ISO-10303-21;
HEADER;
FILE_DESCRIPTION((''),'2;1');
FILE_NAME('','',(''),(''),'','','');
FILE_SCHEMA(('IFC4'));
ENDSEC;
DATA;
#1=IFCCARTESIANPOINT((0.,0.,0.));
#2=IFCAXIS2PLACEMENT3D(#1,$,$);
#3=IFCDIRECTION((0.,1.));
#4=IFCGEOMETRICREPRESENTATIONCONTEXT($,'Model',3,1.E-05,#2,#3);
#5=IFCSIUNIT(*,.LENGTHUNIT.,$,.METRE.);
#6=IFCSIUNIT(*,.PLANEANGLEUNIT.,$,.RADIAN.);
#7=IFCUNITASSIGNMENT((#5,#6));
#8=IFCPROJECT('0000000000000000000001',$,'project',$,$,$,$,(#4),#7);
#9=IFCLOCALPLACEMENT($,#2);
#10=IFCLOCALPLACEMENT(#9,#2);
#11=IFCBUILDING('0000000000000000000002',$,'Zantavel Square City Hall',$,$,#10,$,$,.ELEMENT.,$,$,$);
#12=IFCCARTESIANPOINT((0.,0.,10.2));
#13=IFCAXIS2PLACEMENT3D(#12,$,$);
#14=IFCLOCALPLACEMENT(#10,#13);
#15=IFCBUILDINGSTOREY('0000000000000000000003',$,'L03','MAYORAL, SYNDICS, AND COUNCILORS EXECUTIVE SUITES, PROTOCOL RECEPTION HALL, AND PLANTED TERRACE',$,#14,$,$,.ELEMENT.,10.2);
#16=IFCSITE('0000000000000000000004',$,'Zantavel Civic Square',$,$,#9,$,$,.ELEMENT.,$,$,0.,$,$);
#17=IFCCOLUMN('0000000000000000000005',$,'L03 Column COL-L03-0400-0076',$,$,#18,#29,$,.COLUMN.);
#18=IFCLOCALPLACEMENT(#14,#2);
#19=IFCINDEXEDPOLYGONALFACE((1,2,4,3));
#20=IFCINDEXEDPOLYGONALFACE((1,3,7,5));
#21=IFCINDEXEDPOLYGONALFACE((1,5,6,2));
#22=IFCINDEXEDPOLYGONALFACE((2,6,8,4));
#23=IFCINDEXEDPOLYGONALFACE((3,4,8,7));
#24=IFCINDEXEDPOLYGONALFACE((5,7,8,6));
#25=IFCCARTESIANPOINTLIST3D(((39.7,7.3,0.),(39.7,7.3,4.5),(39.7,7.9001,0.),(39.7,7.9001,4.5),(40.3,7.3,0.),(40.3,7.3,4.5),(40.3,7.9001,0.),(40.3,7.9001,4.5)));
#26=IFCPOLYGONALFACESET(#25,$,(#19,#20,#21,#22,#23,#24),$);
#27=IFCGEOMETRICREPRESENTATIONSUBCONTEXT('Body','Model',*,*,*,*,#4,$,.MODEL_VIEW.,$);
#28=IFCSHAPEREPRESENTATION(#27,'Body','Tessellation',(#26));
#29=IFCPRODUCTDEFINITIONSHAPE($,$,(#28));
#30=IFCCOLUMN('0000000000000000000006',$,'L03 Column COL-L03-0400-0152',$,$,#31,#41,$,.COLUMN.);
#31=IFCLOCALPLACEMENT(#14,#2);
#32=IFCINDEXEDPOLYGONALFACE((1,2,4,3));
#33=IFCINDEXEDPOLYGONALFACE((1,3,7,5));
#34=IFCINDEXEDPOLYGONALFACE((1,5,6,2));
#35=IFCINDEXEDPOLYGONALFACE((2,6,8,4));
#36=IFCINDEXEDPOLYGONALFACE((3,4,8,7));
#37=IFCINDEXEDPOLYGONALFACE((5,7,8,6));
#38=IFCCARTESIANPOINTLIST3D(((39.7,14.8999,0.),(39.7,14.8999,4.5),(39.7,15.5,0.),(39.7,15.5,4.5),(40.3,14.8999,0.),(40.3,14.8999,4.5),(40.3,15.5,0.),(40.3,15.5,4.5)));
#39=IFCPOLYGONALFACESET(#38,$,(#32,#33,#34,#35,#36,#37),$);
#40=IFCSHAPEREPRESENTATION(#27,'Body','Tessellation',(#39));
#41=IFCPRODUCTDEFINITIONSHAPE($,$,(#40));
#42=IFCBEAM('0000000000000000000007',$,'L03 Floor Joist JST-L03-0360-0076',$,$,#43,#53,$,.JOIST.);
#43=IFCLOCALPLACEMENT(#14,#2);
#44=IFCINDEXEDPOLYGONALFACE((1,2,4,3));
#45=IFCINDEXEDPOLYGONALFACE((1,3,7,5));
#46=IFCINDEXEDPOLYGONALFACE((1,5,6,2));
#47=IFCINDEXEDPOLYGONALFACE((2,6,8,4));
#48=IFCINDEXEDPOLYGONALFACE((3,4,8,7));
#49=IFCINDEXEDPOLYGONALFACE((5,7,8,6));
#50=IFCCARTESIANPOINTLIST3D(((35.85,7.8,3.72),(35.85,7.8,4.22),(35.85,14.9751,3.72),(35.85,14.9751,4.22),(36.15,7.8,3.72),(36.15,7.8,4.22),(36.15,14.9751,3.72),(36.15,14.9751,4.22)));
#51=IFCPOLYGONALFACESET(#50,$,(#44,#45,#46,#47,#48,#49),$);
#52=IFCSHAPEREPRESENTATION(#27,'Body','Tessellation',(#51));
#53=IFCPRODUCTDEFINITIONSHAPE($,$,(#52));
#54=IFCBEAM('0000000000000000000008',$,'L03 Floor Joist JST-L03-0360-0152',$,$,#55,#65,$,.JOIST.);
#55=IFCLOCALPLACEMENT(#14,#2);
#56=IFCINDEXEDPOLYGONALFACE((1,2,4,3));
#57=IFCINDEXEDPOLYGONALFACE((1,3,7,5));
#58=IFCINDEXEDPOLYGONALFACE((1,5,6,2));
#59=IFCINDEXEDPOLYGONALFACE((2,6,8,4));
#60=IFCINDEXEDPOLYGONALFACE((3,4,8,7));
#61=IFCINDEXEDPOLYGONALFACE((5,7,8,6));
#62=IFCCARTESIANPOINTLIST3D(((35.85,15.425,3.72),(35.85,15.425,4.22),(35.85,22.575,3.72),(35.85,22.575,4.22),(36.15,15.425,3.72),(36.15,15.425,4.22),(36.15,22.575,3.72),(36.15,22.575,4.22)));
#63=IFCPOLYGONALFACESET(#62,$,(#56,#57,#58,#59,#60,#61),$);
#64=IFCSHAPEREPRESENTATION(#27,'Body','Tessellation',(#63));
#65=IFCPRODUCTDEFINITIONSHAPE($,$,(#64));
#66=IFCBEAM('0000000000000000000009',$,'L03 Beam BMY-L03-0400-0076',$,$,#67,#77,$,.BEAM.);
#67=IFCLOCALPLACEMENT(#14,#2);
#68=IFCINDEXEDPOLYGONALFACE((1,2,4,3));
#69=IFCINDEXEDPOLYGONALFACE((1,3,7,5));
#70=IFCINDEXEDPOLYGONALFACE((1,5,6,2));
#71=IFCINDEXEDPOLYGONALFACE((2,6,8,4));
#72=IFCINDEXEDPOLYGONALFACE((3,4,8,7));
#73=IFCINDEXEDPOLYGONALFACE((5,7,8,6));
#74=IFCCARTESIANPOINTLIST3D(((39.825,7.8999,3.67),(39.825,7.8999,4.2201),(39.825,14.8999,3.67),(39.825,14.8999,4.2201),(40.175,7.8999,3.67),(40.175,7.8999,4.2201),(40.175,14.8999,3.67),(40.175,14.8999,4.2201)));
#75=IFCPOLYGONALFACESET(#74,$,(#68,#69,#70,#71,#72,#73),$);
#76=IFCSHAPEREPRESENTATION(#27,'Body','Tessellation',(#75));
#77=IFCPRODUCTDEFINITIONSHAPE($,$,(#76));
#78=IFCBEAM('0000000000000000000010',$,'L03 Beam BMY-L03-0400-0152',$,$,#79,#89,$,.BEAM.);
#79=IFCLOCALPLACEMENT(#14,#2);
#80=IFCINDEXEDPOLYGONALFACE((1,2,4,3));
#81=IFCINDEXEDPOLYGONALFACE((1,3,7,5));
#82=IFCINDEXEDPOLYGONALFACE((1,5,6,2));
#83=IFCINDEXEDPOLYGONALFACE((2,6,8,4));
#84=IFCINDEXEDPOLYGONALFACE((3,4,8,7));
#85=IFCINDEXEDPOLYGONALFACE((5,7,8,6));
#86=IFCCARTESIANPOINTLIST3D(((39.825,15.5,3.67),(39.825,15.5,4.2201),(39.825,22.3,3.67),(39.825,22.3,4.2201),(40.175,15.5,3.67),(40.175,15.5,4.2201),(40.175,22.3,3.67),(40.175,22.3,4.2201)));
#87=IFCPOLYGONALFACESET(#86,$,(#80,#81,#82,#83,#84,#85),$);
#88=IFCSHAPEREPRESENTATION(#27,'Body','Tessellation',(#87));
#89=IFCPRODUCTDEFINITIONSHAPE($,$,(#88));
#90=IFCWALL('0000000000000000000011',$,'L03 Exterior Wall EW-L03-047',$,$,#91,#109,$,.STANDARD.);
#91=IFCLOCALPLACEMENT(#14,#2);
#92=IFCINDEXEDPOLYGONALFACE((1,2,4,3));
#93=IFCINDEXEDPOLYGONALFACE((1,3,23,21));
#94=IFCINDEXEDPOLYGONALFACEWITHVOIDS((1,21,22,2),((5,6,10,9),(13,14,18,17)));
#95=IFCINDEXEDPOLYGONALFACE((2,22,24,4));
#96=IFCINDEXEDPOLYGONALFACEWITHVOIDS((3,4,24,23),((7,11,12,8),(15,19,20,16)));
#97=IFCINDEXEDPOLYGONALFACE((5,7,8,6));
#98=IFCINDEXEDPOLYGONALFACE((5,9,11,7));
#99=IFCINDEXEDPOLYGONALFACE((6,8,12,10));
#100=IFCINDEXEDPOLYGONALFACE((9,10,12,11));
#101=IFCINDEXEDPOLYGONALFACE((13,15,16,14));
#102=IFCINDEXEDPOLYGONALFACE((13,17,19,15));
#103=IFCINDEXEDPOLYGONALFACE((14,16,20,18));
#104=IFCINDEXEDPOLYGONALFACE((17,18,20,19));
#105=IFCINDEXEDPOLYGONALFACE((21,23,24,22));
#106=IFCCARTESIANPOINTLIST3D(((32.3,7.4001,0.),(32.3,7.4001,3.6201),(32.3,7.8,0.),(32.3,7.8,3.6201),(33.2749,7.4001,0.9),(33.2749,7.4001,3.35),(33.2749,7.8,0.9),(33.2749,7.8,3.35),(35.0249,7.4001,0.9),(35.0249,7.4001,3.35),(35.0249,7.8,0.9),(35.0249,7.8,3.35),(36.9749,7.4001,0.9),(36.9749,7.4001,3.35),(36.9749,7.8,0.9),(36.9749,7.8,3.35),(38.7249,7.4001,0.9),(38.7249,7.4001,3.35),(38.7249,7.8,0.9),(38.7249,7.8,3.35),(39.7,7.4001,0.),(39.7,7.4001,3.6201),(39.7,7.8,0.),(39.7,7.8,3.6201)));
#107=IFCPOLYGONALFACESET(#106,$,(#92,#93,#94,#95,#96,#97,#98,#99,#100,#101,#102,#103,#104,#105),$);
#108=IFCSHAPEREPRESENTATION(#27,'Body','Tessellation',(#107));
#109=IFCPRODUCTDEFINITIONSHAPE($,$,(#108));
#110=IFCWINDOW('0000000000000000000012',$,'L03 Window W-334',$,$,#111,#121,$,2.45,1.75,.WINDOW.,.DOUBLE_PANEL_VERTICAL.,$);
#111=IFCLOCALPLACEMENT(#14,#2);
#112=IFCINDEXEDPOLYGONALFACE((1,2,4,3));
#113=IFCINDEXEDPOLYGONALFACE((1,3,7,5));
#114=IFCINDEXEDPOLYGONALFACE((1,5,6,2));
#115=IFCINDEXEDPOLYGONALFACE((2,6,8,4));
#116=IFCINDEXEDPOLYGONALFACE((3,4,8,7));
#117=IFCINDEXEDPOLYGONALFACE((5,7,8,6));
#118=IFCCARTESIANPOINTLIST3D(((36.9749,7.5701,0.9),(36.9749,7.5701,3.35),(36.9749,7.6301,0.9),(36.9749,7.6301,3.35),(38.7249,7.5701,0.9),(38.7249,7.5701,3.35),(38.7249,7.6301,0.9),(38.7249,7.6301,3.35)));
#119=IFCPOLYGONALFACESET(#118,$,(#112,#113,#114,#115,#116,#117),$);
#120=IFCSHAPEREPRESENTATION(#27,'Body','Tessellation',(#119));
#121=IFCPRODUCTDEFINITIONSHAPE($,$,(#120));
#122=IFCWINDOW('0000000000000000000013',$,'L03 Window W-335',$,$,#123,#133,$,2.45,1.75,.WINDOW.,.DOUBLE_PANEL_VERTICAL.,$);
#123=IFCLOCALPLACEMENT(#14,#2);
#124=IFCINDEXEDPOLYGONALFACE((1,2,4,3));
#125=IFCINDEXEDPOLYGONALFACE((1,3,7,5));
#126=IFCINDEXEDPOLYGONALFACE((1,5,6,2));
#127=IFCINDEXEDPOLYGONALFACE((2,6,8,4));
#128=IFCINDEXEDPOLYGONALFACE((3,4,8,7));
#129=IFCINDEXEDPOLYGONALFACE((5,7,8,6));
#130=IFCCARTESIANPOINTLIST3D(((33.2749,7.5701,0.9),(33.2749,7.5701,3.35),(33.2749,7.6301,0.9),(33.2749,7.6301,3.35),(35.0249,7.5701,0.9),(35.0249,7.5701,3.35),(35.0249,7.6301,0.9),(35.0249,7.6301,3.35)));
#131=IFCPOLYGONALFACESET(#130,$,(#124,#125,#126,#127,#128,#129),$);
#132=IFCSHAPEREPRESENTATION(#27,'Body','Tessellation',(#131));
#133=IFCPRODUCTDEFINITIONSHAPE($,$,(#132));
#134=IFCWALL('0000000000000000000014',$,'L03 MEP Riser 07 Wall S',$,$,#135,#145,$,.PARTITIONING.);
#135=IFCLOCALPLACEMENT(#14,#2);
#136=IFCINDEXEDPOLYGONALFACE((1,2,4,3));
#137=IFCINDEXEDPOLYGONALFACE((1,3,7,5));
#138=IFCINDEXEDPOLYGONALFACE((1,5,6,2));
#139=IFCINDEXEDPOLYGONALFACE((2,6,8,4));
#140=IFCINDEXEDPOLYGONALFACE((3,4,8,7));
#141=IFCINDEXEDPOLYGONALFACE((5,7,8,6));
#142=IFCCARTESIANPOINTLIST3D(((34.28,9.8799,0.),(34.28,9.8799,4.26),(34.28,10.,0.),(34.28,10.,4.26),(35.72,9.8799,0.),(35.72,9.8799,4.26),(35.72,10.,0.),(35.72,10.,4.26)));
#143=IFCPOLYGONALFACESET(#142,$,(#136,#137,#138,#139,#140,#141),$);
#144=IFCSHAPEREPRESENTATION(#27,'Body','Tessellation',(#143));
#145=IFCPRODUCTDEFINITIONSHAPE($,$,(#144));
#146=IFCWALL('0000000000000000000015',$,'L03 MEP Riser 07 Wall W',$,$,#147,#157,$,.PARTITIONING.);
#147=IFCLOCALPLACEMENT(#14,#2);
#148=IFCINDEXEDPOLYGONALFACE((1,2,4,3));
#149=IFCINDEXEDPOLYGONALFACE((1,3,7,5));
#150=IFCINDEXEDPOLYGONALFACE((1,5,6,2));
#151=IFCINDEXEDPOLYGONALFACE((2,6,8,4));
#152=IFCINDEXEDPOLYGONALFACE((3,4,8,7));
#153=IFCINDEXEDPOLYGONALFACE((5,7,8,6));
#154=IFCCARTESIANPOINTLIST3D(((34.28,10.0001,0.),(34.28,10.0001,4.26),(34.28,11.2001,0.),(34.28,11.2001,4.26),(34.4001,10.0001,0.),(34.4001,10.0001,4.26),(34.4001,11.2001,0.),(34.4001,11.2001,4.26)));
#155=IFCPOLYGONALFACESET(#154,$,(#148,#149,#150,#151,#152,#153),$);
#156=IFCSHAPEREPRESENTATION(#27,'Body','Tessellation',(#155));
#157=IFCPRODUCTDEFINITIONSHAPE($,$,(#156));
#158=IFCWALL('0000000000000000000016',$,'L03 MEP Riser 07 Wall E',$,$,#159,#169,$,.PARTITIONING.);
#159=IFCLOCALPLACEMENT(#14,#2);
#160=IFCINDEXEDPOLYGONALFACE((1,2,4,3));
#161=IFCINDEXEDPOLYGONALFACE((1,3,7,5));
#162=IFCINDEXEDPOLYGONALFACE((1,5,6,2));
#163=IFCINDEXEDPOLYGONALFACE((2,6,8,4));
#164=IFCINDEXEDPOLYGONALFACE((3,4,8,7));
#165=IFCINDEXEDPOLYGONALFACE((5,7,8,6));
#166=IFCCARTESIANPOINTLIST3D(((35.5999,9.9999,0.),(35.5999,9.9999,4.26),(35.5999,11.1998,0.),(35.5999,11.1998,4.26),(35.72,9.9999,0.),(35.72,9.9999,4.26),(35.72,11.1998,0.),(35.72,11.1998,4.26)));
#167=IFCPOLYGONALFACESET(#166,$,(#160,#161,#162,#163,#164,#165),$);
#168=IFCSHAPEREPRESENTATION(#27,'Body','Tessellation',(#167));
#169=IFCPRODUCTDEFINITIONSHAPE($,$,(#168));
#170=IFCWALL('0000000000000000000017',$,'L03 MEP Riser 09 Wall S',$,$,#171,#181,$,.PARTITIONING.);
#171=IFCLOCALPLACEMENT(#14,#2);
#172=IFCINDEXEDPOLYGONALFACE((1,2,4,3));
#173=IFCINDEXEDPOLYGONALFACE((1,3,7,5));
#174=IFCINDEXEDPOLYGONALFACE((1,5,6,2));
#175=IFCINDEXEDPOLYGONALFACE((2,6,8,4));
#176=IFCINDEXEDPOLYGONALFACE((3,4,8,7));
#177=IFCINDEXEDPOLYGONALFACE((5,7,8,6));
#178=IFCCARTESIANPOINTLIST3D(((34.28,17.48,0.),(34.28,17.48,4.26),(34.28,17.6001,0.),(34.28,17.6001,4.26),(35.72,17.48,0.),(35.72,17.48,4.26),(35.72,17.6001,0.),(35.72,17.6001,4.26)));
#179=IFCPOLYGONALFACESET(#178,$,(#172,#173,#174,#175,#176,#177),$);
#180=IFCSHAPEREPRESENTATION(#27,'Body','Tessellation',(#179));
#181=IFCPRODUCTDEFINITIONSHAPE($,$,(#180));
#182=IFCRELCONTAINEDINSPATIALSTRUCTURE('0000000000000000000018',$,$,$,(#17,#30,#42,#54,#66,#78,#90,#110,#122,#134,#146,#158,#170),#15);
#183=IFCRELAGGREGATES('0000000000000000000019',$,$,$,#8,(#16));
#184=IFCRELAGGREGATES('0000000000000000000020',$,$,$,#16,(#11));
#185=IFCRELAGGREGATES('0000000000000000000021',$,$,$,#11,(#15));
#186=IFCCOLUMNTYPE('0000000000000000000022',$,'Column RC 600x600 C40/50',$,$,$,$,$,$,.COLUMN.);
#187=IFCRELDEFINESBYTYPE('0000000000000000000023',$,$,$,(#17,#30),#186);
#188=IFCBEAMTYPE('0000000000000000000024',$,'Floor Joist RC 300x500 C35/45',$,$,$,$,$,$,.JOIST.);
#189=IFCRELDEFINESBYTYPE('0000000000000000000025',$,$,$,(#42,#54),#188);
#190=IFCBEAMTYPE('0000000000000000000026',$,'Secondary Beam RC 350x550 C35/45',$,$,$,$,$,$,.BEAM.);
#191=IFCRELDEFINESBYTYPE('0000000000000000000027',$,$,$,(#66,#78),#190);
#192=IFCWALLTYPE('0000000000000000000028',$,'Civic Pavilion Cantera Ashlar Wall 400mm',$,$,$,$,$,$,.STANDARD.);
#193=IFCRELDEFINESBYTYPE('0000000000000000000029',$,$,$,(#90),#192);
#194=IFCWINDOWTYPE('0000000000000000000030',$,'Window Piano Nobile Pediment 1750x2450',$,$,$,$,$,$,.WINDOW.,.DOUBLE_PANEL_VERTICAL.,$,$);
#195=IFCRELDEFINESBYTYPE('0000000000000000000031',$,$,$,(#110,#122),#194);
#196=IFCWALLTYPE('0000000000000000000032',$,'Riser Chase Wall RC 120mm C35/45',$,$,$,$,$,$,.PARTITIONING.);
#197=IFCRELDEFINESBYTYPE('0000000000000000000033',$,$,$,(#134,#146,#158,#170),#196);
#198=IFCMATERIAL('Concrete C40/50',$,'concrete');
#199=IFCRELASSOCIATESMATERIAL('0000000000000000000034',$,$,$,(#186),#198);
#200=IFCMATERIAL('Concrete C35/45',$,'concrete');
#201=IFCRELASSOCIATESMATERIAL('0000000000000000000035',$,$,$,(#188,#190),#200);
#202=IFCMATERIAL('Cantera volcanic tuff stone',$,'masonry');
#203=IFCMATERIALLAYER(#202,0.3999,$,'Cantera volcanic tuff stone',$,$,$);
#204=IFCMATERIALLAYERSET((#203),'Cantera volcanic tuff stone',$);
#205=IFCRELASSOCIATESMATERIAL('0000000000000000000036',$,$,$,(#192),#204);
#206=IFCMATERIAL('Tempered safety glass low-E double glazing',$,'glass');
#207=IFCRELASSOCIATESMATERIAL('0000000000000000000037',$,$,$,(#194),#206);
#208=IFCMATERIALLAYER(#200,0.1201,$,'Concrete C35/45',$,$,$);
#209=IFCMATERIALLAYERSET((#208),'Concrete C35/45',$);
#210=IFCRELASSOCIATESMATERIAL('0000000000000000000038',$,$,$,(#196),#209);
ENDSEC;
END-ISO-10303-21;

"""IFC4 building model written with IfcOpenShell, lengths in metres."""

from ifc_helpers import new_model, si_unit, direction, frame, frame_2d, origin, origin_2d, place, context, subcontext, project, spatial, rectangle, extrude, material, layer, layer_set, material_profile, profile_set, type_object, element, fill, save


model = new_model("IFC4")

# Units and contexts
model_context = context("Model", 3, precision=1e-05, world=origin(), true_north=direction((0.0, 1.0)))
body_context = subcontext(model_context, "Body", "Model", "MODEL_VIEW")
ifc_project = project(units=[si_unit("LENGTHUNIT", "METRE"), si_unit("PLANEANGLEUNIT", "RADIAN")], contexts=[model_context])

# Site, building, storey
site_placement = place(None, origin())
site = spatial("IfcSite", under=ifc_project, at=site_placement, Name="Zantavel Civic Square", CompositionType="ELEMENT", RefElevation=0.0)
building_placement = place(site_placement, origin())
building = spatial("IfcBuilding", under=site, at=building_placement, Name="Zantavel Square City Hall", CompositionType="ELEMENT")
storey_placement = place(building_placement, frame((0.0, 0.0, 10.2)))
storey = spatial("IfcBuildingStorey", under=building, at=storey_placement, Name="L03", Description="MAYORAL, SYNDICS, AND COUNCILORS EXECUTIVE SUITES, PROTOCOL RECEPTION HALL, AND PLANTED TERRACE", CompositionType="ELEMENT", Elevation=10.2)

# Columns
ifc_material_1 = material(Name="Concrete C40/50", Category="concrete")
ifc_material_profile_1 = material_profile(ifc_material_1, rectangle(XDim=0.6001, YDim=0.6001, at=origin_2d()), Name="RC 600x600")
ifc_profile_set_1 = profile_set([ifc_material_profile_1], Name="Concrete C40/50")
column_type = type_object("IfcColumnType", Name="Column RC 600x600 C40/50", PredefinedType="COLUMN", material=ifc_profile_set_1)
for number, where, z_axis, x_axis, name in (
    (1, (40.0, 7.6001, 0.0), (0.0, 0.0, 1.0), (1.0, 0.0, 0.0), "L03 Column COL-L03-0400-0076"),
    (2, (40.0, 15.2, 0.0), (0.0, 0.0, 1.0), (1.0, 0.0, 0.0), "L03 Column COL-L03-0400-0152"),
):
    element("IfcColumn", number, at=place(storey_placement, frame(where, z_axis=z_axis, x_axis=x_axis)), inside=storey, type_object=column_type, Name=name, PredefinedType="COLUMN", context=body_context, shape_type="SweptSolid", body=[
        extrude(rectangle(XDim=0.6001, YDim=0.6001, at=origin_2d()), origin(), (0.0, 0.0, 1.0), 4.5),
    ])

# Beams
ifc_material_2 = material(Name="Concrete C35/45", Category="concrete")
ifc_material_profile_2 = material_profile(ifc_material_2, rectangle(XDim=0.3, YDim=0.5, at=origin_2d()), Name="RC 300x500")
ifc_profile_set_2 = profile_set([ifc_material_profile_2], Name="Concrete C35/45")
beam_type_1 = type_object("IfcBeamType", Name="Floor Joist RC 300x500 C35/45", PredefinedType="JOIST", material=ifc_profile_set_2)
beam_1_placement = place(storey_placement, frame((36.0, 7.8, 3.97), z_axis=(0.0, 1.0, 0.0), x_axis=(-1.0, 0.0, 0.0)))
element("IfcBeam", 3, at=beam_1_placement, inside=storey, type_object=beam_type_1, Name="L03 Floor Joist JST-L03-0360-0076", PredefinedType="JOIST", context=body_context, shape_type="SweptSolid", body=[
    extrude(rectangle(XDim=0.3, YDim=0.5, at=origin_2d()), origin(), (0.0, 0.0, 1.0), 7.175),
])
beam_2_placement = place(storey_placement, frame((36.0, 15.425, 3.97), z_axis=(0.0, 1.0, 0.0), x_axis=(-1.0, 0.0, 0.0)))
element("IfcBeam", 4, at=beam_2_placement, inside=storey, type_object=beam_type_1, Name="L03 Floor Joist JST-L03-0360-0152", PredefinedType="JOIST", context=body_context, shape_type="SweptSolid", body=[
    extrude(rectangle(XDim=0.3, YDim=0.5, at=origin_2d()), origin(), (0.0, 0.0, 1.0), 7.1499),
])
ifc_material_profile_3 = material_profile(ifc_material_2, rectangle(XDim=0.3501, YDim=0.55, at=origin_2d()), Name="RC 350x550")
ifc_profile_set_3 = profile_set([ifc_material_profile_3], Name="Concrete C35/45")
beam_type_2 = type_object("IfcBeamType", Name="Secondary Beam RC 350x550 C35/45", PredefinedType="BEAM", material=ifc_profile_set_3)
beam_3_placement = place(storey_placement, frame((40.0, 7.8999, 3.9451), z_axis=(0.0, 1.0, 0.0), x_axis=(-1.0, 0.0, 0.0)))
element("IfcBeam", 5, at=beam_3_placement, inside=storey, type_object=beam_type_2, Name="L03 Beam BMY-L03-0400-0076", PredefinedType="BEAM", context=body_context, shape_type="SweptSolid", body=[
    extrude(rectangle(XDim=0.3501, YDim=0.55, at=origin_2d()), origin(), (0.0, 0.0, 1.0), 7.0),
])
beam_4_placement = place(storey_placement, frame((40.0, 15.5, 3.9451), z_axis=(0.0, 1.0, 0.0), x_axis=(-1.0, 0.0, 0.0)))
element("IfcBeam", 6, at=beam_4_placement, inside=storey, type_object=beam_type_2, Name="L03 Beam BMY-L03-0400-0152", PredefinedType="BEAM", context=body_context, shape_type="SweptSolid", body=[
    extrude(rectangle(XDim=0.3501, YDim=0.55, at=origin_2d()), origin(), (0.0, 0.0, 1.0), 6.8),
])

# Wall, openings, windows
ifc_material_3 = material(Name="Cantera volcanic tuff stone", Category="masonry")
ifc_layer_1 = layer(ifc_material_3, 0.3999, Name="Cantera volcanic tuff stone")
ifc_layer_set_1 = layer_set([ifc_layer_1], Name="Cantera volcanic tuff stone")
wall_type_1 = type_object("IfcWallType", Name="Civic Pavilion Cantera Ashlar Wall 400mm", PredefinedType="STANDARD", material=ifc_layer_set_1)
wall_1_placement = place(storey_placement, frame((39.7, 7.6001, 0.0), z_axis=(0.0, 0.0, 1.0), x_axis=(-1.0, 0.0, 0.0)))
wall_1 = element("IfcWall", 7, at=wall_1_placement, inside=storey, type_object=wall_type_1, Name="L03 Exterior Wall EW-L03-047", PredefinedType="STANDARD", context=body_context, shape_type="SweptSolid", body=[
    extrude(rectangle(XDim=7.3999, YDim=0.3999, at=frame_2d((3.7, 0.0))), origin(), (0.0, 0.0, 1.0), 3.6201),
])
opening_1_placement = place(wall_1_placement, frame((0.9751, 0.0, 0.8999)))
opening_1 = element("IfcOpeningElement", 8, at=opening_1_placement, cuts=wall_1, PredefinedType="OPENING", context=body_context, shape_type="SweptSolid", body=[
    extrude(rectangle(XDim=1.75, YDim=2.45, at=frame_2d((0.875, 1.2251))), frame((0.0, 0.21, 0.0), z_axis=(0.0, -1.0, 0.0), x_axis=(1.0, 0.0, 0.0)), (0.0, 0.0, 1.0), 0.4199),
])
opening_2_placement = place(wall_1_placement, frame((4.675, 0.0, 0.8999)))
opening_2 = element("IfcOpeningElement", 9, at=opening_2_placement, cuts=wall_1, PredefinedType="OPENING", context=body_context, shape_type="SweptSolid", body=[
    extrude(rectangle(XDim=1.75, YDim=2.45, at=frame_2d((0.875, 1.2251))), frame((0.0, 0.21, 0.0), z_axis=(0.0, -1.0, 0.0), x_axis=(1.0, 0.0, 0.0)), (0.0, 0.0, 1.0), 0.4199),
])
ifc_material_4 = material(Name="Tempered safety glass low-E double glazing", Category="glass")
window_type = type_object("IfcWindowType", Name="Window Piano Nobile Pediment 1750x2450", PartitioningType="DOUBLE_PANEL_VERTICAL", PredefinedType="WINDOW", material=ifc_material_4)
window_1_placement = place(opening_1_placement, origin())
window_1 = element("IfcWindow", 10, at=window_1_placement, inside=storey, type_object=window_type, Name="L03 Window W-334", OverallHeight=2.45, OverallWidth=1.75, PartitioningType="DOUBLE_PANEL_VERTICAL", PredefinedType="WINDOW", context=body_context, shape_type="SweptSolid", body=[
    extrude(rectangle(XDim=1.75, YDim=2.45, at=frame_2d((0.875, 1.2251))), frame((0.0, 0.03, 0.0), z_axis=(0.0, -1.0, 0.0), x_axis=(1.0, 0.0, 0.0)), (0.0, 0.0, 1.0), 0.0601),
])
fill(opening_1, window_1)
window_2_placement = place(opening_2_placement, origin())
window_2 = element("IfcWindow", 11, at=window_2_placement, inside=storey, type_object=window_type, Name="L03 Window W-335", OverallHeight=2.45, OverallWidth=1.75, PartitioningType="DOUBLE_PANEL_VERTICAL", PredefinedType="WINDOW", context=body_context, shape_type="SweptSolid", body=[
    extrude(rectangle(XDim=1.75, YDim=2.45, at=frame_2d((0.875, 1.2251))), frame((0.0, 0.03, 0.0), z_axis=(0.0, -1.0, 0.0), x_axis=(1.0, 0.0, 0.0)), (0.0, 0.0, 1.0), 0.0601),
])
fill(opening_2, window_2)

# Walls
ifc_layer_2 = layer(ifc_material_2, 0.1201, Name="Concrete C35/45")
ifc_layer_set_2 = layer_set([ifc_layer_2], Name="Concrete C35/45")
wall_type_2 = type_object("IfcWallType", Name="Riser Chase Wall RC 120mm C35/45", PredefinedType="PARTITIONING", material=ifc_layer_set_2)
wall_2_placement = place(storey_placement, frame((35.72, 9.9399, 0.0), z_axis=(0.0, 0.0, 1.0), x_axis=(-1.0, 0.0, 0.0)))
element("IfcWall", 12, at=wall_2_placement, inside=storey, type_object=wall_type_2, Name="L03 MEP Riser 07 Wall S", PredefinedType="PARTITIONING", context=body_context, shape_type="SweptSolid", body=[
    extrude(rectangle(XDim=1.4399, YDim=0.1201, at=frame_2d((0.72, 0.0))), origin(), (0.0, 0.0, 1.0), 4.26),
])
for number, where, z_axis, x_axis, name in (
    (13, (34.3401, 10.0, 0.0), (0.0, 0.0, 1.0), (0.0, 1.0, 0.0), "L03 MEP Riser 07 Wall W"),
    (14, (35.6599, 11.2, 0.0), (0.0, 0.0, 1.0), (0.0, -1.0, 0.0), "L03 MEP Riser 07 Wall E"),
):
    element("IfcWall", number, at=place(storey_placement, frame(where, z_axis=z_axis, x_axis=x_axis)), inside=storey, type_object=wall_type_2, Name=name, PredefinedType="PARTITIONING", context=body_context, shape_type="SweptSolid", body=[
        extrude(rectangle(XDim=1.2, YDim=0.1201, at=frame_2d((0.6001, 0.0))), origin(), (0.0, 0.0, 1.0), 4.26),
    ])
wall_3_placement = place(storey_placement, frame((35.72, 17.54, 0.0), z_axis=(0.0, 0.0, 1.0), x_axis=(-1.0, 0.0, 0.0)))
element("IfcWall", 15, at=wall_3_placement, inside=storey, type_object=wall_type_2, Name="L03 MEP Riser 09 Wall S", PredefinedType="PARTITIONING", context=body_context, shape_type="SweptSolid", body=[
    extrude(rectangle(XDim=1.4399, YDim=0.1201, at=frame_2d((0.72, 0.0))), origin(), (0.0, 0.0, 1.0), 4.26),
])

save(model, "model.ifc")
